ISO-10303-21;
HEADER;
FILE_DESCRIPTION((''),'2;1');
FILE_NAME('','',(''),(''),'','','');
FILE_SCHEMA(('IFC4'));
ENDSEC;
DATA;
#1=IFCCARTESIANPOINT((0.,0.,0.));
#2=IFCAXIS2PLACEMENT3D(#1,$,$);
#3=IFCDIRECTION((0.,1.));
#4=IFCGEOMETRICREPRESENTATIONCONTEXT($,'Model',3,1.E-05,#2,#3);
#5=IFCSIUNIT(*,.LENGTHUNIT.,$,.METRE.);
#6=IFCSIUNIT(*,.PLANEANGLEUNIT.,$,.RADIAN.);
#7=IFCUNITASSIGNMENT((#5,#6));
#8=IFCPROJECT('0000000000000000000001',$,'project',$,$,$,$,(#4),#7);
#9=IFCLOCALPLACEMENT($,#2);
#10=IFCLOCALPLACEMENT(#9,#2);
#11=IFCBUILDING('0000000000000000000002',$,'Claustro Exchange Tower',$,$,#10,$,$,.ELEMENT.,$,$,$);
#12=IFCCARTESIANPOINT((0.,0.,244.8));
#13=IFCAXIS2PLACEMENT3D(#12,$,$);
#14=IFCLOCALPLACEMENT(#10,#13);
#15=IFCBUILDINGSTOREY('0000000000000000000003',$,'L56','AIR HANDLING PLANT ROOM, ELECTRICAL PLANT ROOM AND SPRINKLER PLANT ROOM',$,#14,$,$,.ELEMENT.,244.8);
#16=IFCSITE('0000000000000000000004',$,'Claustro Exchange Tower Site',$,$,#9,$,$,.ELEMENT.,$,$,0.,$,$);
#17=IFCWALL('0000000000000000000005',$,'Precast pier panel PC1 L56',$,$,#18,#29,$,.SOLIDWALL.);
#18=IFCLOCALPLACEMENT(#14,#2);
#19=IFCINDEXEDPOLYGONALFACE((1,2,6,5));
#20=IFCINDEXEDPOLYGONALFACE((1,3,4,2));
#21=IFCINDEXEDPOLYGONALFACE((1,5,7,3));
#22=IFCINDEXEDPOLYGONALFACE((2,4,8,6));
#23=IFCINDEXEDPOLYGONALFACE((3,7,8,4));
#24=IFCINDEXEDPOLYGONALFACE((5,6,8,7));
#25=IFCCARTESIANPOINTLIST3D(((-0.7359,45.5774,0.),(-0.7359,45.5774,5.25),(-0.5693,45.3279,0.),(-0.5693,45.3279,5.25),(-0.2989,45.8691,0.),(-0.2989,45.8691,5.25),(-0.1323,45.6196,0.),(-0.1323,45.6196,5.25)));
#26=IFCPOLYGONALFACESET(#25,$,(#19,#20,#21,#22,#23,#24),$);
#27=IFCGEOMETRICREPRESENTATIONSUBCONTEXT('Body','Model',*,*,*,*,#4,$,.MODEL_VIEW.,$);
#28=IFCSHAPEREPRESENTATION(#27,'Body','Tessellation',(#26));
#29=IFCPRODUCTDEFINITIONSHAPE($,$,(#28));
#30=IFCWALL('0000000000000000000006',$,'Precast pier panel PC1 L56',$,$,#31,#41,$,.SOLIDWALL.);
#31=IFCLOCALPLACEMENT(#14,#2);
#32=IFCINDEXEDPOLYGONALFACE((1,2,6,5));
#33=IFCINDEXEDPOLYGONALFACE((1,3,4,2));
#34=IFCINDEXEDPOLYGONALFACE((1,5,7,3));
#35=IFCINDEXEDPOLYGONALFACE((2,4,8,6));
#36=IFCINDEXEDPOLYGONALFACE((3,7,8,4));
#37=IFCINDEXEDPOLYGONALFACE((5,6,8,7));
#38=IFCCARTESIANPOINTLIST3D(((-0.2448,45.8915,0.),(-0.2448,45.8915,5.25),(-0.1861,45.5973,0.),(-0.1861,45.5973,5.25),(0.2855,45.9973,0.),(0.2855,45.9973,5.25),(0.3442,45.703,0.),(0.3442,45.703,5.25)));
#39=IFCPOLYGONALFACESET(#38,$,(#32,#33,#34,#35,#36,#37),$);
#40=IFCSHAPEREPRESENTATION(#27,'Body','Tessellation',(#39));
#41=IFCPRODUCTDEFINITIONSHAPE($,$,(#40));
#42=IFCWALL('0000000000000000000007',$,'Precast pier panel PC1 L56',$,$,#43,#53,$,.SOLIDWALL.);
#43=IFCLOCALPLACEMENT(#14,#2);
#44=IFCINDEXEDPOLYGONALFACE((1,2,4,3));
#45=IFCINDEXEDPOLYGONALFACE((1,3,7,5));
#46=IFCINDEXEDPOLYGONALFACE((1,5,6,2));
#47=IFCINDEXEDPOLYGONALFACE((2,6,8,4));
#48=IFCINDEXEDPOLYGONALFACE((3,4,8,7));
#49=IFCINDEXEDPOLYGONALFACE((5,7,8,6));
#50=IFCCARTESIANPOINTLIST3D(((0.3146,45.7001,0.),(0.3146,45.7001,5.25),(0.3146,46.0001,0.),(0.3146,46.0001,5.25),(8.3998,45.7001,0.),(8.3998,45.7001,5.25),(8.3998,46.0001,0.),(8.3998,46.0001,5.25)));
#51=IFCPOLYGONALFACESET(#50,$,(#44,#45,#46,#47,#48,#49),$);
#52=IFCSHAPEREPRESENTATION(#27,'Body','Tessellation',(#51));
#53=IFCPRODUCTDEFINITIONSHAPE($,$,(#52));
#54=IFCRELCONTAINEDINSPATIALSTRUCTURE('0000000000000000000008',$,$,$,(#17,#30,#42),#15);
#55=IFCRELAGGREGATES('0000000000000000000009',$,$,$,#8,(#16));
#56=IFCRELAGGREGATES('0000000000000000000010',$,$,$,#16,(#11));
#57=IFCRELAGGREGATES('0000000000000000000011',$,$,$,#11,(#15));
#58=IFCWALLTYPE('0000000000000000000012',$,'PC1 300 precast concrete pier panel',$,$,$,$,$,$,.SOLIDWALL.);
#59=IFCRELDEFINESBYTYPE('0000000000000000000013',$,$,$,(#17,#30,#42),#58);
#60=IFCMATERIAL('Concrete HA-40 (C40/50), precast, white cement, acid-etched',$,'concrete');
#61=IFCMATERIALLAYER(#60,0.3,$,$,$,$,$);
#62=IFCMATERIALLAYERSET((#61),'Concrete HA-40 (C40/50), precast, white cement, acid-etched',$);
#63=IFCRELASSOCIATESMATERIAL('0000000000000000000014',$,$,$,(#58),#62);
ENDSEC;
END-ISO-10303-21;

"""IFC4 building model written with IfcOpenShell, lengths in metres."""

from ifc_helpers import new_model, si_unit, direction, frame, frame_2d, origin, place, context, subcontext, project, spatial, rectangle, extrude, material, layer, layer_set, type_object, element, save


model = new_model("IFC4")

# Units and contexts
model_context = context("Model", 3, precision=1e-05, world=origin(), true_north=direction((0.0, 1.0)))
body_context = subcontext(model_context, "Body", "Model", "MODEL_VIEW")
ifc_project = project(units=[si_unit("LENGTHUNIT", "METRE"), si_unit("PLANEANGLEUNIT", "RADIAN")], contexts=[model_context])

# Site, building, storey
site_placement = place(None, origin())
site = spatial("IfcSite", under=ifc_project, at=site_placement, Name="Claustro Exchange Tower Site", CompositionType="ELEMENT", RefElevation=0.0)
building_placement = place(site_placement, origin())
building = spatial("IfcBuilding", under=site, at=building_placement, Name="Claustro Exchange Tower", CompositionType="ELEMENT")
storey_placement = place(building_placement, frame((0.0, 0.0, 244.8)))
storey = spatial("IfcBuildingStorey", under=building, at=storey_placement, Name="L56", Description="AIR HANDLING PLANT ROOM, ELECTRICAL PLANT ROOM AND SPRINKLER PLANT ROOM", CompositionType="ELEMENT", Elevation=244.8)

# Walls
ifc_material_1 = material(Name="Concrete HA-40 (C40/50), precast, white cement, acid-etched", Category="concrete")
ifc_layer_1 = layer(ifc_material_1, 0.3)
ifc_layer_set_1 = layer_set([ifc_layer_1], Name="Concrete HA-40 (C40/50), precast, white cement, acid-etched")
wall_type_1 = type_object("IfcWallType", Name="PC1 300 precast concrete pier panel", PredefinedType="SOLIDWALL", material=ifc_layer_set_1)
wall_1_placement = place(storey_placement, frame((-0.6526, 45.4526, 0.0), z_axis=(0.0, 0.0, 1.0), x_axis=(0.831693, 0.555236, 0.0)))
element("IfcWall", 1, at=wall_1_placement, inside=storey, type_object=wall_type_1, Name="Precast pier panel PC1 L56", PredefinedType="SOLIDWALL", context=body_context, shape_type="SweptSolid", body=[
    extrude(rectangle(XDim=0.5254, YDim=0.3, at=frame_2d((0.2627, 0.0))), origin(), (0.0, 0.0, 1.0), 5.25),
])
wall_2_placement = place(storey_placement, frame((-0.2156, 45.7444, 0.0), z_axis=(0.0, 0.0, 1.0), x_axis=(0.980702, 0.195508, 0.0)))
element("IfcWall", 2, at=wall_2_placement, inside=storey, type_object=wall_type_1, Name="Precast pier panel PC1 L56", PredefinedType="SOLIDWALL", context=body_context, shape_type="SweptSolid", body=[
    extrude(rectangle(XDim=0.5408, YDim=0.3, at=frame_2d((0.2705, 0.0))), origin(), (0.0, 0.0, 1.0), 5.25),
])
wall_3_placement = place(storey_placement, frame((0.3147, 45.8501, 0.0), z_axis=(0.0, 0.0, 1.0), x_axis=(1.0, 0.0, 0.0)))
element("IfcWall", 3, at=wall_3_placement, inside=storey, type_object=wall_type_1, Name="Precast pier panel PC1 L56", PredefinedType="SOLIDWALL", context=body_context, shape_type="SweptSolid", body=[
    extrude(rectangle(XDim=8.0852, YDim=0.3, at=frame_2d((4.0425, 0.0))), origin(), (0.0, 0.0, 1.0), 5.25),
])

save(model, "model.ifc")
